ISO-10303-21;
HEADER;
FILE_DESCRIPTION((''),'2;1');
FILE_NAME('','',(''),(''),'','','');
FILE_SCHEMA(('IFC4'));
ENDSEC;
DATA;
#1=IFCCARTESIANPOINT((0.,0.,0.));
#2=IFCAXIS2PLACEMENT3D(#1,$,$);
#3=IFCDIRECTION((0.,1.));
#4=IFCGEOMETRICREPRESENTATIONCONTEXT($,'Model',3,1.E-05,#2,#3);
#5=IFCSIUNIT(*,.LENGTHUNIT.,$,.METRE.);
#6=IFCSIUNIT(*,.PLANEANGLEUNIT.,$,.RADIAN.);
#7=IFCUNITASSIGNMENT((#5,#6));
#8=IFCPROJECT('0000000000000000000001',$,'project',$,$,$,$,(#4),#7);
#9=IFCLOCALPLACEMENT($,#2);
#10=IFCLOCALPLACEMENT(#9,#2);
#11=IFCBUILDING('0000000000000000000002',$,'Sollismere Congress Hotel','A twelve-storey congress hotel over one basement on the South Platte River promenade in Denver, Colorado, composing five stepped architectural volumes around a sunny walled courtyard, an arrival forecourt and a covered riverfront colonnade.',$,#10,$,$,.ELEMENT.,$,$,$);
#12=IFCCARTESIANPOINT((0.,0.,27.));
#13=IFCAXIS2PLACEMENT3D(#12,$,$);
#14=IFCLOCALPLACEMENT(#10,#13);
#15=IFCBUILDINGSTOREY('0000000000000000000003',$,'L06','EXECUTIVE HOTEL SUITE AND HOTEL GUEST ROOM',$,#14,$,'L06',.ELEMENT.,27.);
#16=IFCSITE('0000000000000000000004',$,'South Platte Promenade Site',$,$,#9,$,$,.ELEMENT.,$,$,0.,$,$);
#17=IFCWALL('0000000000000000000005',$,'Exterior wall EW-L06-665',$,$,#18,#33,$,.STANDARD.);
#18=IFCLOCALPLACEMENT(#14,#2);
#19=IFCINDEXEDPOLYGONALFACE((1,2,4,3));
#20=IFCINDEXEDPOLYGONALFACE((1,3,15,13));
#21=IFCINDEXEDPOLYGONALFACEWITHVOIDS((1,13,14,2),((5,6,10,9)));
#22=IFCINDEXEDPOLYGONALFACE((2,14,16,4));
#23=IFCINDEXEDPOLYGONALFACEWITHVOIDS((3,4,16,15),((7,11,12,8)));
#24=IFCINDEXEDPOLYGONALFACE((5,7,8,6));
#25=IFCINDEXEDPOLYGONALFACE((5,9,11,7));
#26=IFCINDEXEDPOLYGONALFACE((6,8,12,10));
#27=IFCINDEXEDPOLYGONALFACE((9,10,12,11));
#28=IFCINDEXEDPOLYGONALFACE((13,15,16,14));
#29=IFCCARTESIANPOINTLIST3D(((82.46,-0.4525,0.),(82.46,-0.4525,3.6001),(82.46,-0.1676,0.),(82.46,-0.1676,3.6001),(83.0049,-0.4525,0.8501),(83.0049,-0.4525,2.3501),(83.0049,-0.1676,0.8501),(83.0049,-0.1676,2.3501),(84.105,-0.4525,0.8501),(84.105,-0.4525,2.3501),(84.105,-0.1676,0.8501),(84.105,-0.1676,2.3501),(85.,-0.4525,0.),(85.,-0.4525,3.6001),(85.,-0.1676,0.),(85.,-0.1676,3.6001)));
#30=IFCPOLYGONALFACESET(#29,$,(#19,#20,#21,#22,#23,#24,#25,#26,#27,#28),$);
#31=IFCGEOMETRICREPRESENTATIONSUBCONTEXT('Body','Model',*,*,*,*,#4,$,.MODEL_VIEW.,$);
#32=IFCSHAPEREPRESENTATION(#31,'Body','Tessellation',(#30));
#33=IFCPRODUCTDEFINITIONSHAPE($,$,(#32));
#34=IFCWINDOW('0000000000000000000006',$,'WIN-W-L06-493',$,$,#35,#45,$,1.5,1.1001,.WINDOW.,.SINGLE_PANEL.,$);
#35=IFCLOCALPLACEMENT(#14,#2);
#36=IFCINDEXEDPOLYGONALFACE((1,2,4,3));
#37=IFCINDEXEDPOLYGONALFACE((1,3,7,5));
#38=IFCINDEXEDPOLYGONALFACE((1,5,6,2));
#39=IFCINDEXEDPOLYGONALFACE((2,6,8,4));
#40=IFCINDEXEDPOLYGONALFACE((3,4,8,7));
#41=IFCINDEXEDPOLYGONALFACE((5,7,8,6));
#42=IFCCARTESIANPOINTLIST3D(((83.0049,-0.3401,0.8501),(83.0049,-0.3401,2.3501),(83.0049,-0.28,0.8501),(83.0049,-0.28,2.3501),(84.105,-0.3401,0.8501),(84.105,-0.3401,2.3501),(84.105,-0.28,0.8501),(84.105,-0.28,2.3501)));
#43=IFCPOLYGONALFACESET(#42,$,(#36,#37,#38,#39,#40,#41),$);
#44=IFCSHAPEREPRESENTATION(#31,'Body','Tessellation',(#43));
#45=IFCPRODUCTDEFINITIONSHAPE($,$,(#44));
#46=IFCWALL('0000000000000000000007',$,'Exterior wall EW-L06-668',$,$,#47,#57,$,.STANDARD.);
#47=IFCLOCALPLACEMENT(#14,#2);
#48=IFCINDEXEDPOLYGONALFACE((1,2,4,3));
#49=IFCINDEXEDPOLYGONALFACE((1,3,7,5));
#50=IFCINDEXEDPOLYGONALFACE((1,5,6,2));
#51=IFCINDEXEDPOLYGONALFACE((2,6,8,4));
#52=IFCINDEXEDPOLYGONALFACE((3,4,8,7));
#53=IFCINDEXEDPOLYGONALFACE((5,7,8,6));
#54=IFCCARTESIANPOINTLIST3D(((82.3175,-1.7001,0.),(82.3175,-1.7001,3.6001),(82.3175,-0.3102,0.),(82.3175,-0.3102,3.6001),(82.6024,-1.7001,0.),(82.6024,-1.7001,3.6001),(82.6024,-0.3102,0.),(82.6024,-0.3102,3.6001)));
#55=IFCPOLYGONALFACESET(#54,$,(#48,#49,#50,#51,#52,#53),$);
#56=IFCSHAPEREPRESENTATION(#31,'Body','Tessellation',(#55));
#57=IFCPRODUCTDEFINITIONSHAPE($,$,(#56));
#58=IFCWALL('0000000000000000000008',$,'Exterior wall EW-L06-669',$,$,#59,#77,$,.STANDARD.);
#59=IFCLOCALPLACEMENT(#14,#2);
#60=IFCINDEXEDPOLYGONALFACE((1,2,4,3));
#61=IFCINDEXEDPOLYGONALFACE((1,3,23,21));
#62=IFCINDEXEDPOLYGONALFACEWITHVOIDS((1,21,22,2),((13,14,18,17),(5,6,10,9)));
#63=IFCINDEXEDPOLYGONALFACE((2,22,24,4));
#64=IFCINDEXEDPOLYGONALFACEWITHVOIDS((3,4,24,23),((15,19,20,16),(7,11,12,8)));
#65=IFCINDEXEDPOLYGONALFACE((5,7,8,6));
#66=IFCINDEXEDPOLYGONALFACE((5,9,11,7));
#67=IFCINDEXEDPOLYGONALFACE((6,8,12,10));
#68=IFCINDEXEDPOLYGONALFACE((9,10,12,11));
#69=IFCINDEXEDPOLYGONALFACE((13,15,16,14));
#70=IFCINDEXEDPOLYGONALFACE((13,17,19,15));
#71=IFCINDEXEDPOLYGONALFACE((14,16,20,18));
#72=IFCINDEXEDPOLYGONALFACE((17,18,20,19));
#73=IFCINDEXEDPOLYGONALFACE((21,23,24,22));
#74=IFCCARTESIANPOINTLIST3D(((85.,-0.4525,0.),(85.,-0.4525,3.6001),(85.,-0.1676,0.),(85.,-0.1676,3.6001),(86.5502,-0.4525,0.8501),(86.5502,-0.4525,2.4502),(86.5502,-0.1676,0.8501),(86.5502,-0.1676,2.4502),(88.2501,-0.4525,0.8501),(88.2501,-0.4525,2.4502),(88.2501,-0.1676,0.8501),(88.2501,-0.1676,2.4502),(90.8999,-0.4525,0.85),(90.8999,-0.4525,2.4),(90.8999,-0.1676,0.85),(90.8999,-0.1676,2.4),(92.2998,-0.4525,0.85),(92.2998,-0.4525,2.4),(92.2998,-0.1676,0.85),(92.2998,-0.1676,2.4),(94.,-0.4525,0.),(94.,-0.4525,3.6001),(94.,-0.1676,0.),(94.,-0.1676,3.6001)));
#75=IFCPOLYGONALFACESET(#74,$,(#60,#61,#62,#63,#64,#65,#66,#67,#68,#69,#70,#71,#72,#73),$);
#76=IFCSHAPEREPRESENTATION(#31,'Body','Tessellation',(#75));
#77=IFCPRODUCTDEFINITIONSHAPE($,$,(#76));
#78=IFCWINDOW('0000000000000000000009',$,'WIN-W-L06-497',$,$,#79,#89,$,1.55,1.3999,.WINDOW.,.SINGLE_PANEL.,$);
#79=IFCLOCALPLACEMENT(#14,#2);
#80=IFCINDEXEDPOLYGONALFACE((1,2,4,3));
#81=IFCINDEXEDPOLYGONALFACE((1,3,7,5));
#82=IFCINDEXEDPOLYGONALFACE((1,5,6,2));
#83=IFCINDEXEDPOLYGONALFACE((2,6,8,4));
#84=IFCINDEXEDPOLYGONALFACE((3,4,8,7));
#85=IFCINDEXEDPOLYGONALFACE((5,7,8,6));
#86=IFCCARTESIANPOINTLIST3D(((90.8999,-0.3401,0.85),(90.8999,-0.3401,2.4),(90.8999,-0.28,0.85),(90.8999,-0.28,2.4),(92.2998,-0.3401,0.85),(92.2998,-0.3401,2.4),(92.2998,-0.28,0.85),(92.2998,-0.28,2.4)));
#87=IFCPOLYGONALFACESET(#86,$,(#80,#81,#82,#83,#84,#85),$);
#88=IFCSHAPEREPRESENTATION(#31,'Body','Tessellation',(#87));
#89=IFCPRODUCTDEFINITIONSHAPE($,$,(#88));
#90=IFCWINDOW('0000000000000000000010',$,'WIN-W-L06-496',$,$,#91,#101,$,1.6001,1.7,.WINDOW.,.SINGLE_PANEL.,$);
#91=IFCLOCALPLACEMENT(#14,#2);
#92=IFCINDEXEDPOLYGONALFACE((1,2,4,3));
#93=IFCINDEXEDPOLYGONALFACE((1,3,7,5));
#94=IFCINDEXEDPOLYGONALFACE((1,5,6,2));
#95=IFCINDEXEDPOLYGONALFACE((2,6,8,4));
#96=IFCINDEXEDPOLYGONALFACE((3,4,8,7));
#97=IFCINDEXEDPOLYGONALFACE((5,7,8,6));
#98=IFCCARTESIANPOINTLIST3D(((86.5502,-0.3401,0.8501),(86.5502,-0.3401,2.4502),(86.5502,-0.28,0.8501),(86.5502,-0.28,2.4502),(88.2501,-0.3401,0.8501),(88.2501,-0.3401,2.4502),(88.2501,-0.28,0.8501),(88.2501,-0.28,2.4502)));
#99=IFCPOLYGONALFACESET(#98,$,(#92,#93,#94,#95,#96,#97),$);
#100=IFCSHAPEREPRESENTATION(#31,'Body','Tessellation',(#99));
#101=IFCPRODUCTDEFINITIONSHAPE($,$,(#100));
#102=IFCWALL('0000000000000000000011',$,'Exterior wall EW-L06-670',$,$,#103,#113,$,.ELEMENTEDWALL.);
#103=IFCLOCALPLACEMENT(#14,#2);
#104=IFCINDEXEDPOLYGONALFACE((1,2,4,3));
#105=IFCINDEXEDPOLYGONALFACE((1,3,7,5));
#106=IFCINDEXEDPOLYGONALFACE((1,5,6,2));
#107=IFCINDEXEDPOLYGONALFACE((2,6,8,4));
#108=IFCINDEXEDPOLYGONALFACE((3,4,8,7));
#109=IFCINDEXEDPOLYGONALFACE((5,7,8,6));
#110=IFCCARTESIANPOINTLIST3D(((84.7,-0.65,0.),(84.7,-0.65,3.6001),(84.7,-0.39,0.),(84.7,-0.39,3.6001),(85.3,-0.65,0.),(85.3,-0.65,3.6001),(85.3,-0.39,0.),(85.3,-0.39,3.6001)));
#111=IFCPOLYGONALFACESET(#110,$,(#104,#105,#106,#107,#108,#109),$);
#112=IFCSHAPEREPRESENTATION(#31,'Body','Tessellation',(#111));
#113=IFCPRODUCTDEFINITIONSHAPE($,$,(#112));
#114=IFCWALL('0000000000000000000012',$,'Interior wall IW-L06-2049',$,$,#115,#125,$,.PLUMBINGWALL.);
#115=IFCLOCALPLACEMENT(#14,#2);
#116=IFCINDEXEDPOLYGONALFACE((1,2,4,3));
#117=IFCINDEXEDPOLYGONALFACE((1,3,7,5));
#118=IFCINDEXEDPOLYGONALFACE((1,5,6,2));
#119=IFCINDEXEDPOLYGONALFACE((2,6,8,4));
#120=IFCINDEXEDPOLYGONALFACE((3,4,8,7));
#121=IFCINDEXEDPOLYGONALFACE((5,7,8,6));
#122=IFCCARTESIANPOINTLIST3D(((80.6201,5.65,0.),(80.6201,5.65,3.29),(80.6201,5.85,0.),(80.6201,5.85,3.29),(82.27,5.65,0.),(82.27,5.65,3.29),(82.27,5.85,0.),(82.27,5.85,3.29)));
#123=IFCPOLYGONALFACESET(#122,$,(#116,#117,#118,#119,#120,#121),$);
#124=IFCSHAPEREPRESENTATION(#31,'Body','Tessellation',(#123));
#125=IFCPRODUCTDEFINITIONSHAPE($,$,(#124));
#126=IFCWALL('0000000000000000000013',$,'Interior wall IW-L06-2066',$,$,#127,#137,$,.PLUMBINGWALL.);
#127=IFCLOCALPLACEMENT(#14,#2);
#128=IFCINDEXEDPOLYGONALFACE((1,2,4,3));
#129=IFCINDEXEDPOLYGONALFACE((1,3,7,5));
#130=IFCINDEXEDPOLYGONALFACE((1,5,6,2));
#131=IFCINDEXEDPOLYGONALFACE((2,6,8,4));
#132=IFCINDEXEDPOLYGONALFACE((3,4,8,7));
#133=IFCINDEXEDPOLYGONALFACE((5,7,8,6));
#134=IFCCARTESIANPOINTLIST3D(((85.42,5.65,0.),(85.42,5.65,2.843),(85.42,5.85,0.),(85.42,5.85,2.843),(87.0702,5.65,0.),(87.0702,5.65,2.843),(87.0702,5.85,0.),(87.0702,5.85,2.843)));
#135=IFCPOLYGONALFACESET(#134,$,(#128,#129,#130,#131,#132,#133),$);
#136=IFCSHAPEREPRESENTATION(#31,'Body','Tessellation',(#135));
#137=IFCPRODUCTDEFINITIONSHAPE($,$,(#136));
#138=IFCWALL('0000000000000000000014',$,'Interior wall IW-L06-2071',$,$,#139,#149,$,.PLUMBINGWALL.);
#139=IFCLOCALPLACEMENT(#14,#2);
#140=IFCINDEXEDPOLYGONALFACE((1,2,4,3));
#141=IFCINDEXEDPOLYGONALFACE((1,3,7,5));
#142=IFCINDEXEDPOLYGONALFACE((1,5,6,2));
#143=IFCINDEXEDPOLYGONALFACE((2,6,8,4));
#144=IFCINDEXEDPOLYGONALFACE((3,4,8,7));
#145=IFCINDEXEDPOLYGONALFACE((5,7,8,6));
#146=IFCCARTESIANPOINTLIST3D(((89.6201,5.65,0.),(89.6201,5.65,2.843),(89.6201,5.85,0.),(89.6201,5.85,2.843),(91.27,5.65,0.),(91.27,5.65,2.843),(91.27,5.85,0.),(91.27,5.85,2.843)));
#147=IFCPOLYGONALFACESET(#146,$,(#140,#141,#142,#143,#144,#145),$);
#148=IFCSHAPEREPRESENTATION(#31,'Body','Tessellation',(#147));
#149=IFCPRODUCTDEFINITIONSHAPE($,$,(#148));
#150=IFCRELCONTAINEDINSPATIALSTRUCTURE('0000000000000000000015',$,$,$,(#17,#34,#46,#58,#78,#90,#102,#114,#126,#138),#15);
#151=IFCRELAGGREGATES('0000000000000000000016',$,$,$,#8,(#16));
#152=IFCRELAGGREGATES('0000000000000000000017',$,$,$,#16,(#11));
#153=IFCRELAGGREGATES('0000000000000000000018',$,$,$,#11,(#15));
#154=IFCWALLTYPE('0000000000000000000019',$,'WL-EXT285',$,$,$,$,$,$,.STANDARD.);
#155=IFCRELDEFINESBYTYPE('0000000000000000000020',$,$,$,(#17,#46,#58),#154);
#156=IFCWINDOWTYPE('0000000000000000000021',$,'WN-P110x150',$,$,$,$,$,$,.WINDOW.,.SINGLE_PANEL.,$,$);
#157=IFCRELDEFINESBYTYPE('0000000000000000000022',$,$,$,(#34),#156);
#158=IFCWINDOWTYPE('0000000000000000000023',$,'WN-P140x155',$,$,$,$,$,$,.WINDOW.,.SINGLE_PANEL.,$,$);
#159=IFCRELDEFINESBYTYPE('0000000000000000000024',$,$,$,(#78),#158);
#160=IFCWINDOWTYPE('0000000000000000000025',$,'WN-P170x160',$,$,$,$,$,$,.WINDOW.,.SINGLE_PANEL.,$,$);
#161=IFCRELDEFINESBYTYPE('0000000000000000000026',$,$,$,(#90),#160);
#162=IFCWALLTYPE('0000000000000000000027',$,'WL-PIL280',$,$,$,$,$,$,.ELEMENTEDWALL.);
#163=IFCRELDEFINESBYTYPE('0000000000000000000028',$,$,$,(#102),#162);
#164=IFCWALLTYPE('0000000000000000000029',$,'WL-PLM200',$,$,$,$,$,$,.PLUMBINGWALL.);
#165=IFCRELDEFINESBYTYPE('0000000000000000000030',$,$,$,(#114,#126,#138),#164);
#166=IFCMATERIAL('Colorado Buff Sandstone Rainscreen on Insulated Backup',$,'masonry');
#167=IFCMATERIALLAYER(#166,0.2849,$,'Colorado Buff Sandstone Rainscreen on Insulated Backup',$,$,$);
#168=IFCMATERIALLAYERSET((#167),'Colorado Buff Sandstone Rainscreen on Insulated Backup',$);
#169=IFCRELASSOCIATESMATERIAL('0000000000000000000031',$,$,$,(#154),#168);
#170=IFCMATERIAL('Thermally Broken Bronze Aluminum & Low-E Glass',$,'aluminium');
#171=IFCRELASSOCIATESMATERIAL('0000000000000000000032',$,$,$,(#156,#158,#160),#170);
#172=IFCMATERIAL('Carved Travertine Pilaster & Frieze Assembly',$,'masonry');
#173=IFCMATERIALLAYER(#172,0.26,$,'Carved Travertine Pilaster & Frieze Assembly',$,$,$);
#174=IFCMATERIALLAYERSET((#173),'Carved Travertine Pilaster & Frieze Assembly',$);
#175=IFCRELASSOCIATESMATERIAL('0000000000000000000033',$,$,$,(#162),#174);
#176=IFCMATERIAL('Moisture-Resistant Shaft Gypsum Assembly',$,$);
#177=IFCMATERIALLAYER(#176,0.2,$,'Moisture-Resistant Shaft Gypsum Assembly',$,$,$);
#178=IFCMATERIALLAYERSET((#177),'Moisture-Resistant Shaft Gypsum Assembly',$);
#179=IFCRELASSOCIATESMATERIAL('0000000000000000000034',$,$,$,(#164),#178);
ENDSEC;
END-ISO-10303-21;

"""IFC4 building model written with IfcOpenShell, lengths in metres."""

from ifc_helpers import new_model, si_unit, direction, frame, frame_2d, origin, place, context, subcontext, project, spatial, rectangle, extrude, material, layer, layer_set, type_object, element, fill, save


model = new_model("IFC4")

# Units and contexts
model_context = context("Model", 3, precision=1e-05, world=origin(), true_north=direction((0.0, 1.0)))
body_context = subcontext(model_context, "Body", "Model", "MODEL_VIEW")
ifc_project = project(units=[si_unit("LENGTHUNIT", "METRE"), si_unit("PLANEANGLEUNIT", "RADIAN")], contexts=[model_context])

# Site, building, storey
site_placement = place(None, origin())
site = spatial("IfcSite", under=ifc_project, at=site_placement, Name="South Platte Promenade Site", CompositionType="ELEMENT", RefElevation=0.0)
building_placement = place(site_placement, origin())
building = spatial("IfcBuilding", under=site, at=building_placement, Name="Sollismere Congress Hotel", Description="A twelve-storey congress hotel over one basement on the South Platte River promenade in Denver, Colorado, composing five stepped architectural volumes around a sunny walled courtyard, an arrival forecourt and a covered riverfront colonnade.", CompositionType="ELEMENT")
storey_placement = place(building_placement, frame((0.0, 0.0, 27.0)))
storey = spatial("IfcBuildingStorey", under=building, at=storey_placement, Name="L06", Description="EXECUTIVE HOTEL SUITE AND HOTEL GUEST ROOM", LongName="L06", CompositionType="ELEMENT", Elevation=27.0)

# Wall, opening, window
ifc_material_1 = material(Name="Colorado Buff Sandstone Rainscreen on Insulated Backup", Category="masonry")
ifc_layer_1 = layer(ifc_material_1, 0.2849, Name="Colorado Buff Sandstone Rainscreen on Insulated Backup")
ifc_layer_set_1 = layer_set([ifc_layer_1], Name="Colorado Buff Sandstone Rainscreen on Insulated Backup")
wall_type_1 = type_object("IfcWallType", Name="WL-EXT285", PredefinedType="STANDARD", material=ifc_layer_set_1)
wall_1_placement = place(storey_placement, frame((82.46, -0.3101, 0.0), z_axis=(0.0, 0.0, 1.0), x_axis=(1.0, 0.0, 0.0)))
wall_1 = element("IfcWall", 1, at=wall_1_placement, inside=storey, type_object=wall_type_1, Name="Exterior wall EW-L06-665", PredefinedType="STANDARD", context=body_context, shape_type="SweptSolid", body=[
    extrude(rectangle(XDim=2.54, YDim=0.2849, at=frame_2d((1.27, 0.0))), origin(), (0.0, 0.0, 1.0), 3.6001),
])
opening_1_placement = place(wall_1_placement, frame((0.5449, 0.0, 0.8501)))
opening_1 = element("IfcOpeningElement", 2, at=opening_1_placement, cuts=wall_1, PredefinedType="OPENING", context=body_context, shape_type="SweptSolid", body=[
    extrude(rectangle(XDim=1.1001, YDim=1.5, at=frame_2d((0.55, 0.75))), frame((0.0, 0.1523, 0.0), z_axis=(0.0, -1.0, 0.0), x_axis=(1.0, 0.0, 0.0)), (0.0, 0.0, 1.0), 0.3049),
])
ifc_material_2 = material(Name="Thermally Broken Bronze Aluminum & Low-E Glass", Category="aluminium")
window_type_1 = type_object("IfcWindowType", Name="WN-P110x150", PartitioningType="SINGLE_PANEL", PredefinedType="WINDOW", material=ifc_material_2)
window_1_placement = place(opening_1_placement, origin())
window_1 = element("IfcWindow", 3, at=window_1_placement, inside=storey, type_object=window_type_1, Name="WIN-W-L06-493", OverallHeight=1.5, OverallWidth=1.1001, PartitioningType="SINGLE_PANEL", PredefinedType="WINDOW", context=body_context, shape_type="SweptSolid", body=[
    extrude(rectangle(XDim=1.1001, YDim=1.5, at=frame_2d((0.55, 0.75))), frame((0.0, 0.03, 0.0), z_axis=(0.0, -1.0, 0.0), x_axis=(1.0, 0.0, 0.0)), (0.0, 0.0, 1.0), 0.0601),
])
fill(opening_1, window_1)

# Wall
wall_2_placement = place(storey_placement, frame((82.46, -1.7, 0.0), z_axis=(0.0, 0.0, 1.0), x_axis=(0.0, 1.0, 0.0)))
element("IfcWall", 4, at=wall_2_placement, inside=storey, type_object=wall_type_1, Name="Exterior wall EW-L06-668", PredefinedType="STANDARD", context=body_context, shape_type="SweptSolid", body=[
    extrude(rectangle(XDim=1.3899, YDim=0.2849, at=frame_2d((0.6948, 0.0))), origin(), (0.0, 0.0, 1.0), 3.6001),
])

# Wall, openings, windows
wall_3_placement = place(storey_placement, frame((85.0, -0.3101, 0.0), z_axis=(0.0, 0.0, 1.0), x_axis=(1.0, 0.0, 0.0)))
wall_3 = element("IfcWall", 5, at=wall_3_placement, inside=storey, type_object=wall_type_1, Name="Exterior wall EW-L06-669", PredefinedType="STANDARD", context=body_context, shape_type="SweptSolid", body=[
    extrude(rectangle(XDim=9.0, YDim=0.2849, at=frame_2d((4.5, 0.0))), origin(), (0.0, 0.0, 1.0), 3.6001),
])
opening_2_placement = place(wall_3_placement, frame((1.55, 0.0, 0.8501)))
opening_2 = element("IfcOpeningElement", 6, at=opening_2_placement, cuts=wall_3, PredefinedType="OPENING", context=body_context, shape_type="SweptSolid", body=[
    extrude(rectangle(XDim=1.7, YDim=1.6001, at=frame_2d((0.8501, 0.8))), frame((0.0, 0.1523, 0.0), z_axis=(0.0, -1.0, 0.0), x_axis=(1.0, 0.0, 0.0)), (0.0, 0.0, 1.0), 0.3049),
])
opening_3_placement = place(wall_3_placement, frame((5.8999, 0.0, 0.8501)))
opening_3 = element("IfcOpeningElement", 7, at=opening_3_placement, cuts=wall_3, PredefinedType="OPENING", context=body_context, shape_type="SweptSolid", body=[
    extrude(rectangle(XDim=1.3999, YDim=1.55, at=frame_2d((0.7, 0.7749))), frame((0.0, 0.1523, 0.0), z_axis=(0.0, -1.0, 0.0), x_axis=(1.0, 0.0, 0.0)), (0.0, 0.0, 1.0), 0.3049),
])
window_type_2 = type_object("IfcWindowType", Name="WN-P140x155", PartitioningType="SINGLE_PANEL", PredefinedType="WINDOW", material=ifc_material_2)
window_2_placement = place(opening_3_placement, origin())
window_2 = element("IfcWindow", 8, at=window_2_placement, inside=storey, type_object=window_type_2, Name="WIN-W-L06-497", OverallHeight=1.55, OverallWidth=1.3999, PartitioningType="SINGLE_PANEL", PredefinedType="WINDOW", context=body_context, shape_type="SweptSolid", body=[
    extrude(rectangle(XDim=1.3999, YDim=1.55, at=frame_2d((0.7, 0.7749))), frame((0.0, 0.03, 0.0), z_axis=(0.0, -1.0, 0.0), x_axis=(1.0, 0.0, 0.0)), (0.0, 0.0, 1.0), 0.0601),
])
fill(opening_3, window_2)
window_type_3 = type_object("IfcWindowType", Name="WN-P170x160", PartitioningType="SINGLE_PANEL", PredefinedType="WINDOW", material=ifc_material_2)
window_3_placement = place(opening_2_placement, origin())
window_3 = element("IfcWindow", 9, at=window_3_placement, inside=storey, type_object=window_type_3, Name="WIN-W-L06-496", OverallHeight=1.6001, OverallWidth=1.7, PartitioningType="SINGLE_PANEL", PredefinedType="WINDOW", context=body_context, shape_type="SweptSolid", body=[
    extrude(rectangle(XDim=1.7, YDim=1.6001, at=frame_2d((0.8501, 0.8))), frame((0.0, 0.03, 0.0), z_axis=(0.0, -1.0, 0.0), x_axis=(1.0, 0.0, 0.0)), (0.0, 0.0, 1.0), 0.0601),
])
fill(opening_2, window_3)

# Walls
ifc_material_3 = material(Name="Carved Travertine Pilaster & Frieze Assembly", Category="masonry")
ifc_layer_2 = layer(ifc_material_3, 0.26, Name="Carved Travertine Pilaster & Frieze Assembly")
ifc_layer_set_2 = layer_set([ifc_layer_2], Name="Carved Travertine Pilaster & Frieze Assembly")
wall_type_2 = type_object("IfcWallType", Name="WL-PIL280", PredefinedType="ELEMENTEDWALL", material=ifc_layer_set_2)
wall_4_placement = place(storey_placement, frame((84.7, -0.52, 0.0), z_axis=(0.0, 0.0, 1.0), x_axis=(1.0, 0.0, 0.0)))
element("IfcWall", 10, at=wall_4_placement, inside=storey, type_object=wall_type_2, Name="Exterior wall EW-L06-670", PredefinedType="ELEMENTEDWALL", context=body_context, shape_type="SweptSolid", body=[
    extrude(rectangle(XDim=0.6001, YDim=0.26, at=frame_2d((0.3, 0.0))), origin(), (0.0, 0.0, 1.0), 3.6001),
])
ifc_material_4 = material(Name="Moisture-Resistant Shaft Gypsum Assembly")
ifc_layer_3 = layer(ifc_material_4, 0.2, Name="Moisture-Resistant Shaft Gypsum Assembly")
ifc_layer_set_3 = layer_set([ifc_layer_3], Name="Moisture-Resistant Shaft Gypsum Assembly")
wall_type_3 = type_object("IfcWallType", Name="WL-PLM200", PredefinedType="PLUMBINGWALL", material=ifc_layer_set_3)
wall_5_placement = place(storey_placement, frame((80.6201, 5.75, 0.0), z_axis=(0.0, 0.0, 1.0), x_axis=(1.0, 0.0, 0.0)))
element("IfcWall", 11, at=wall_5_placement, inside=storey, type_object=wall_type_3, Name="Interior wall IW-L06-2049", PredefinedType="PLUMBINGWALL", context=body_context, shape_type="SweptSolid", body=[
    extrude(rectangle(XDim=1.6499, YDim=0.2, at=frame_2d((0.825, 0.0))), origin(), (0.0, 0.0, 1.0), 3.29),
])
wall_6_placement = place(storey_placement, frame((85.4199, 5.75, 0.0), z_axis=(0.0, 0.0, 1.0), x_axis=(1.0, 0.0, 0.0)))
element("IfcWall", 12, at=wall_6_placement, inside=storey, type_object=wall_type_3, Name="Interior wall IW-L06-2066", PredefinedType="PLUMBINGWALL", context=body_context, shape_type="SweptSolid", body=[
    extrude(rectangle(XDim=1.6501, YDim=0.2, at=frame_2d((0.8252, 0.0))), origin(), (0.0, 0.0, 1.0), 2.843),
])
wall_7_placement = place(storey_placement, frame((89.6201, 5.75, 0.0), z_axis=(0.0, 0.0, 1.0), x_axis=(1.0, 0.0, 0.0)))
element("IfcWall", 13, at=wall_7_placement, inside=storey, type_object=wall_type_3, Name="Interior wall IW-L06-2071", PredefinedType="PLUMBINGWALL", context=body_context, shape_type="SweptSolid", body=[
    extrude(rectangle(XDim=1.6499, YDim=0.2, at=frame_2d((0.825, 0.0))), origin(), (0.0, 0.0, 1.0), 2.843),
])

save(model, "model.ifc")
